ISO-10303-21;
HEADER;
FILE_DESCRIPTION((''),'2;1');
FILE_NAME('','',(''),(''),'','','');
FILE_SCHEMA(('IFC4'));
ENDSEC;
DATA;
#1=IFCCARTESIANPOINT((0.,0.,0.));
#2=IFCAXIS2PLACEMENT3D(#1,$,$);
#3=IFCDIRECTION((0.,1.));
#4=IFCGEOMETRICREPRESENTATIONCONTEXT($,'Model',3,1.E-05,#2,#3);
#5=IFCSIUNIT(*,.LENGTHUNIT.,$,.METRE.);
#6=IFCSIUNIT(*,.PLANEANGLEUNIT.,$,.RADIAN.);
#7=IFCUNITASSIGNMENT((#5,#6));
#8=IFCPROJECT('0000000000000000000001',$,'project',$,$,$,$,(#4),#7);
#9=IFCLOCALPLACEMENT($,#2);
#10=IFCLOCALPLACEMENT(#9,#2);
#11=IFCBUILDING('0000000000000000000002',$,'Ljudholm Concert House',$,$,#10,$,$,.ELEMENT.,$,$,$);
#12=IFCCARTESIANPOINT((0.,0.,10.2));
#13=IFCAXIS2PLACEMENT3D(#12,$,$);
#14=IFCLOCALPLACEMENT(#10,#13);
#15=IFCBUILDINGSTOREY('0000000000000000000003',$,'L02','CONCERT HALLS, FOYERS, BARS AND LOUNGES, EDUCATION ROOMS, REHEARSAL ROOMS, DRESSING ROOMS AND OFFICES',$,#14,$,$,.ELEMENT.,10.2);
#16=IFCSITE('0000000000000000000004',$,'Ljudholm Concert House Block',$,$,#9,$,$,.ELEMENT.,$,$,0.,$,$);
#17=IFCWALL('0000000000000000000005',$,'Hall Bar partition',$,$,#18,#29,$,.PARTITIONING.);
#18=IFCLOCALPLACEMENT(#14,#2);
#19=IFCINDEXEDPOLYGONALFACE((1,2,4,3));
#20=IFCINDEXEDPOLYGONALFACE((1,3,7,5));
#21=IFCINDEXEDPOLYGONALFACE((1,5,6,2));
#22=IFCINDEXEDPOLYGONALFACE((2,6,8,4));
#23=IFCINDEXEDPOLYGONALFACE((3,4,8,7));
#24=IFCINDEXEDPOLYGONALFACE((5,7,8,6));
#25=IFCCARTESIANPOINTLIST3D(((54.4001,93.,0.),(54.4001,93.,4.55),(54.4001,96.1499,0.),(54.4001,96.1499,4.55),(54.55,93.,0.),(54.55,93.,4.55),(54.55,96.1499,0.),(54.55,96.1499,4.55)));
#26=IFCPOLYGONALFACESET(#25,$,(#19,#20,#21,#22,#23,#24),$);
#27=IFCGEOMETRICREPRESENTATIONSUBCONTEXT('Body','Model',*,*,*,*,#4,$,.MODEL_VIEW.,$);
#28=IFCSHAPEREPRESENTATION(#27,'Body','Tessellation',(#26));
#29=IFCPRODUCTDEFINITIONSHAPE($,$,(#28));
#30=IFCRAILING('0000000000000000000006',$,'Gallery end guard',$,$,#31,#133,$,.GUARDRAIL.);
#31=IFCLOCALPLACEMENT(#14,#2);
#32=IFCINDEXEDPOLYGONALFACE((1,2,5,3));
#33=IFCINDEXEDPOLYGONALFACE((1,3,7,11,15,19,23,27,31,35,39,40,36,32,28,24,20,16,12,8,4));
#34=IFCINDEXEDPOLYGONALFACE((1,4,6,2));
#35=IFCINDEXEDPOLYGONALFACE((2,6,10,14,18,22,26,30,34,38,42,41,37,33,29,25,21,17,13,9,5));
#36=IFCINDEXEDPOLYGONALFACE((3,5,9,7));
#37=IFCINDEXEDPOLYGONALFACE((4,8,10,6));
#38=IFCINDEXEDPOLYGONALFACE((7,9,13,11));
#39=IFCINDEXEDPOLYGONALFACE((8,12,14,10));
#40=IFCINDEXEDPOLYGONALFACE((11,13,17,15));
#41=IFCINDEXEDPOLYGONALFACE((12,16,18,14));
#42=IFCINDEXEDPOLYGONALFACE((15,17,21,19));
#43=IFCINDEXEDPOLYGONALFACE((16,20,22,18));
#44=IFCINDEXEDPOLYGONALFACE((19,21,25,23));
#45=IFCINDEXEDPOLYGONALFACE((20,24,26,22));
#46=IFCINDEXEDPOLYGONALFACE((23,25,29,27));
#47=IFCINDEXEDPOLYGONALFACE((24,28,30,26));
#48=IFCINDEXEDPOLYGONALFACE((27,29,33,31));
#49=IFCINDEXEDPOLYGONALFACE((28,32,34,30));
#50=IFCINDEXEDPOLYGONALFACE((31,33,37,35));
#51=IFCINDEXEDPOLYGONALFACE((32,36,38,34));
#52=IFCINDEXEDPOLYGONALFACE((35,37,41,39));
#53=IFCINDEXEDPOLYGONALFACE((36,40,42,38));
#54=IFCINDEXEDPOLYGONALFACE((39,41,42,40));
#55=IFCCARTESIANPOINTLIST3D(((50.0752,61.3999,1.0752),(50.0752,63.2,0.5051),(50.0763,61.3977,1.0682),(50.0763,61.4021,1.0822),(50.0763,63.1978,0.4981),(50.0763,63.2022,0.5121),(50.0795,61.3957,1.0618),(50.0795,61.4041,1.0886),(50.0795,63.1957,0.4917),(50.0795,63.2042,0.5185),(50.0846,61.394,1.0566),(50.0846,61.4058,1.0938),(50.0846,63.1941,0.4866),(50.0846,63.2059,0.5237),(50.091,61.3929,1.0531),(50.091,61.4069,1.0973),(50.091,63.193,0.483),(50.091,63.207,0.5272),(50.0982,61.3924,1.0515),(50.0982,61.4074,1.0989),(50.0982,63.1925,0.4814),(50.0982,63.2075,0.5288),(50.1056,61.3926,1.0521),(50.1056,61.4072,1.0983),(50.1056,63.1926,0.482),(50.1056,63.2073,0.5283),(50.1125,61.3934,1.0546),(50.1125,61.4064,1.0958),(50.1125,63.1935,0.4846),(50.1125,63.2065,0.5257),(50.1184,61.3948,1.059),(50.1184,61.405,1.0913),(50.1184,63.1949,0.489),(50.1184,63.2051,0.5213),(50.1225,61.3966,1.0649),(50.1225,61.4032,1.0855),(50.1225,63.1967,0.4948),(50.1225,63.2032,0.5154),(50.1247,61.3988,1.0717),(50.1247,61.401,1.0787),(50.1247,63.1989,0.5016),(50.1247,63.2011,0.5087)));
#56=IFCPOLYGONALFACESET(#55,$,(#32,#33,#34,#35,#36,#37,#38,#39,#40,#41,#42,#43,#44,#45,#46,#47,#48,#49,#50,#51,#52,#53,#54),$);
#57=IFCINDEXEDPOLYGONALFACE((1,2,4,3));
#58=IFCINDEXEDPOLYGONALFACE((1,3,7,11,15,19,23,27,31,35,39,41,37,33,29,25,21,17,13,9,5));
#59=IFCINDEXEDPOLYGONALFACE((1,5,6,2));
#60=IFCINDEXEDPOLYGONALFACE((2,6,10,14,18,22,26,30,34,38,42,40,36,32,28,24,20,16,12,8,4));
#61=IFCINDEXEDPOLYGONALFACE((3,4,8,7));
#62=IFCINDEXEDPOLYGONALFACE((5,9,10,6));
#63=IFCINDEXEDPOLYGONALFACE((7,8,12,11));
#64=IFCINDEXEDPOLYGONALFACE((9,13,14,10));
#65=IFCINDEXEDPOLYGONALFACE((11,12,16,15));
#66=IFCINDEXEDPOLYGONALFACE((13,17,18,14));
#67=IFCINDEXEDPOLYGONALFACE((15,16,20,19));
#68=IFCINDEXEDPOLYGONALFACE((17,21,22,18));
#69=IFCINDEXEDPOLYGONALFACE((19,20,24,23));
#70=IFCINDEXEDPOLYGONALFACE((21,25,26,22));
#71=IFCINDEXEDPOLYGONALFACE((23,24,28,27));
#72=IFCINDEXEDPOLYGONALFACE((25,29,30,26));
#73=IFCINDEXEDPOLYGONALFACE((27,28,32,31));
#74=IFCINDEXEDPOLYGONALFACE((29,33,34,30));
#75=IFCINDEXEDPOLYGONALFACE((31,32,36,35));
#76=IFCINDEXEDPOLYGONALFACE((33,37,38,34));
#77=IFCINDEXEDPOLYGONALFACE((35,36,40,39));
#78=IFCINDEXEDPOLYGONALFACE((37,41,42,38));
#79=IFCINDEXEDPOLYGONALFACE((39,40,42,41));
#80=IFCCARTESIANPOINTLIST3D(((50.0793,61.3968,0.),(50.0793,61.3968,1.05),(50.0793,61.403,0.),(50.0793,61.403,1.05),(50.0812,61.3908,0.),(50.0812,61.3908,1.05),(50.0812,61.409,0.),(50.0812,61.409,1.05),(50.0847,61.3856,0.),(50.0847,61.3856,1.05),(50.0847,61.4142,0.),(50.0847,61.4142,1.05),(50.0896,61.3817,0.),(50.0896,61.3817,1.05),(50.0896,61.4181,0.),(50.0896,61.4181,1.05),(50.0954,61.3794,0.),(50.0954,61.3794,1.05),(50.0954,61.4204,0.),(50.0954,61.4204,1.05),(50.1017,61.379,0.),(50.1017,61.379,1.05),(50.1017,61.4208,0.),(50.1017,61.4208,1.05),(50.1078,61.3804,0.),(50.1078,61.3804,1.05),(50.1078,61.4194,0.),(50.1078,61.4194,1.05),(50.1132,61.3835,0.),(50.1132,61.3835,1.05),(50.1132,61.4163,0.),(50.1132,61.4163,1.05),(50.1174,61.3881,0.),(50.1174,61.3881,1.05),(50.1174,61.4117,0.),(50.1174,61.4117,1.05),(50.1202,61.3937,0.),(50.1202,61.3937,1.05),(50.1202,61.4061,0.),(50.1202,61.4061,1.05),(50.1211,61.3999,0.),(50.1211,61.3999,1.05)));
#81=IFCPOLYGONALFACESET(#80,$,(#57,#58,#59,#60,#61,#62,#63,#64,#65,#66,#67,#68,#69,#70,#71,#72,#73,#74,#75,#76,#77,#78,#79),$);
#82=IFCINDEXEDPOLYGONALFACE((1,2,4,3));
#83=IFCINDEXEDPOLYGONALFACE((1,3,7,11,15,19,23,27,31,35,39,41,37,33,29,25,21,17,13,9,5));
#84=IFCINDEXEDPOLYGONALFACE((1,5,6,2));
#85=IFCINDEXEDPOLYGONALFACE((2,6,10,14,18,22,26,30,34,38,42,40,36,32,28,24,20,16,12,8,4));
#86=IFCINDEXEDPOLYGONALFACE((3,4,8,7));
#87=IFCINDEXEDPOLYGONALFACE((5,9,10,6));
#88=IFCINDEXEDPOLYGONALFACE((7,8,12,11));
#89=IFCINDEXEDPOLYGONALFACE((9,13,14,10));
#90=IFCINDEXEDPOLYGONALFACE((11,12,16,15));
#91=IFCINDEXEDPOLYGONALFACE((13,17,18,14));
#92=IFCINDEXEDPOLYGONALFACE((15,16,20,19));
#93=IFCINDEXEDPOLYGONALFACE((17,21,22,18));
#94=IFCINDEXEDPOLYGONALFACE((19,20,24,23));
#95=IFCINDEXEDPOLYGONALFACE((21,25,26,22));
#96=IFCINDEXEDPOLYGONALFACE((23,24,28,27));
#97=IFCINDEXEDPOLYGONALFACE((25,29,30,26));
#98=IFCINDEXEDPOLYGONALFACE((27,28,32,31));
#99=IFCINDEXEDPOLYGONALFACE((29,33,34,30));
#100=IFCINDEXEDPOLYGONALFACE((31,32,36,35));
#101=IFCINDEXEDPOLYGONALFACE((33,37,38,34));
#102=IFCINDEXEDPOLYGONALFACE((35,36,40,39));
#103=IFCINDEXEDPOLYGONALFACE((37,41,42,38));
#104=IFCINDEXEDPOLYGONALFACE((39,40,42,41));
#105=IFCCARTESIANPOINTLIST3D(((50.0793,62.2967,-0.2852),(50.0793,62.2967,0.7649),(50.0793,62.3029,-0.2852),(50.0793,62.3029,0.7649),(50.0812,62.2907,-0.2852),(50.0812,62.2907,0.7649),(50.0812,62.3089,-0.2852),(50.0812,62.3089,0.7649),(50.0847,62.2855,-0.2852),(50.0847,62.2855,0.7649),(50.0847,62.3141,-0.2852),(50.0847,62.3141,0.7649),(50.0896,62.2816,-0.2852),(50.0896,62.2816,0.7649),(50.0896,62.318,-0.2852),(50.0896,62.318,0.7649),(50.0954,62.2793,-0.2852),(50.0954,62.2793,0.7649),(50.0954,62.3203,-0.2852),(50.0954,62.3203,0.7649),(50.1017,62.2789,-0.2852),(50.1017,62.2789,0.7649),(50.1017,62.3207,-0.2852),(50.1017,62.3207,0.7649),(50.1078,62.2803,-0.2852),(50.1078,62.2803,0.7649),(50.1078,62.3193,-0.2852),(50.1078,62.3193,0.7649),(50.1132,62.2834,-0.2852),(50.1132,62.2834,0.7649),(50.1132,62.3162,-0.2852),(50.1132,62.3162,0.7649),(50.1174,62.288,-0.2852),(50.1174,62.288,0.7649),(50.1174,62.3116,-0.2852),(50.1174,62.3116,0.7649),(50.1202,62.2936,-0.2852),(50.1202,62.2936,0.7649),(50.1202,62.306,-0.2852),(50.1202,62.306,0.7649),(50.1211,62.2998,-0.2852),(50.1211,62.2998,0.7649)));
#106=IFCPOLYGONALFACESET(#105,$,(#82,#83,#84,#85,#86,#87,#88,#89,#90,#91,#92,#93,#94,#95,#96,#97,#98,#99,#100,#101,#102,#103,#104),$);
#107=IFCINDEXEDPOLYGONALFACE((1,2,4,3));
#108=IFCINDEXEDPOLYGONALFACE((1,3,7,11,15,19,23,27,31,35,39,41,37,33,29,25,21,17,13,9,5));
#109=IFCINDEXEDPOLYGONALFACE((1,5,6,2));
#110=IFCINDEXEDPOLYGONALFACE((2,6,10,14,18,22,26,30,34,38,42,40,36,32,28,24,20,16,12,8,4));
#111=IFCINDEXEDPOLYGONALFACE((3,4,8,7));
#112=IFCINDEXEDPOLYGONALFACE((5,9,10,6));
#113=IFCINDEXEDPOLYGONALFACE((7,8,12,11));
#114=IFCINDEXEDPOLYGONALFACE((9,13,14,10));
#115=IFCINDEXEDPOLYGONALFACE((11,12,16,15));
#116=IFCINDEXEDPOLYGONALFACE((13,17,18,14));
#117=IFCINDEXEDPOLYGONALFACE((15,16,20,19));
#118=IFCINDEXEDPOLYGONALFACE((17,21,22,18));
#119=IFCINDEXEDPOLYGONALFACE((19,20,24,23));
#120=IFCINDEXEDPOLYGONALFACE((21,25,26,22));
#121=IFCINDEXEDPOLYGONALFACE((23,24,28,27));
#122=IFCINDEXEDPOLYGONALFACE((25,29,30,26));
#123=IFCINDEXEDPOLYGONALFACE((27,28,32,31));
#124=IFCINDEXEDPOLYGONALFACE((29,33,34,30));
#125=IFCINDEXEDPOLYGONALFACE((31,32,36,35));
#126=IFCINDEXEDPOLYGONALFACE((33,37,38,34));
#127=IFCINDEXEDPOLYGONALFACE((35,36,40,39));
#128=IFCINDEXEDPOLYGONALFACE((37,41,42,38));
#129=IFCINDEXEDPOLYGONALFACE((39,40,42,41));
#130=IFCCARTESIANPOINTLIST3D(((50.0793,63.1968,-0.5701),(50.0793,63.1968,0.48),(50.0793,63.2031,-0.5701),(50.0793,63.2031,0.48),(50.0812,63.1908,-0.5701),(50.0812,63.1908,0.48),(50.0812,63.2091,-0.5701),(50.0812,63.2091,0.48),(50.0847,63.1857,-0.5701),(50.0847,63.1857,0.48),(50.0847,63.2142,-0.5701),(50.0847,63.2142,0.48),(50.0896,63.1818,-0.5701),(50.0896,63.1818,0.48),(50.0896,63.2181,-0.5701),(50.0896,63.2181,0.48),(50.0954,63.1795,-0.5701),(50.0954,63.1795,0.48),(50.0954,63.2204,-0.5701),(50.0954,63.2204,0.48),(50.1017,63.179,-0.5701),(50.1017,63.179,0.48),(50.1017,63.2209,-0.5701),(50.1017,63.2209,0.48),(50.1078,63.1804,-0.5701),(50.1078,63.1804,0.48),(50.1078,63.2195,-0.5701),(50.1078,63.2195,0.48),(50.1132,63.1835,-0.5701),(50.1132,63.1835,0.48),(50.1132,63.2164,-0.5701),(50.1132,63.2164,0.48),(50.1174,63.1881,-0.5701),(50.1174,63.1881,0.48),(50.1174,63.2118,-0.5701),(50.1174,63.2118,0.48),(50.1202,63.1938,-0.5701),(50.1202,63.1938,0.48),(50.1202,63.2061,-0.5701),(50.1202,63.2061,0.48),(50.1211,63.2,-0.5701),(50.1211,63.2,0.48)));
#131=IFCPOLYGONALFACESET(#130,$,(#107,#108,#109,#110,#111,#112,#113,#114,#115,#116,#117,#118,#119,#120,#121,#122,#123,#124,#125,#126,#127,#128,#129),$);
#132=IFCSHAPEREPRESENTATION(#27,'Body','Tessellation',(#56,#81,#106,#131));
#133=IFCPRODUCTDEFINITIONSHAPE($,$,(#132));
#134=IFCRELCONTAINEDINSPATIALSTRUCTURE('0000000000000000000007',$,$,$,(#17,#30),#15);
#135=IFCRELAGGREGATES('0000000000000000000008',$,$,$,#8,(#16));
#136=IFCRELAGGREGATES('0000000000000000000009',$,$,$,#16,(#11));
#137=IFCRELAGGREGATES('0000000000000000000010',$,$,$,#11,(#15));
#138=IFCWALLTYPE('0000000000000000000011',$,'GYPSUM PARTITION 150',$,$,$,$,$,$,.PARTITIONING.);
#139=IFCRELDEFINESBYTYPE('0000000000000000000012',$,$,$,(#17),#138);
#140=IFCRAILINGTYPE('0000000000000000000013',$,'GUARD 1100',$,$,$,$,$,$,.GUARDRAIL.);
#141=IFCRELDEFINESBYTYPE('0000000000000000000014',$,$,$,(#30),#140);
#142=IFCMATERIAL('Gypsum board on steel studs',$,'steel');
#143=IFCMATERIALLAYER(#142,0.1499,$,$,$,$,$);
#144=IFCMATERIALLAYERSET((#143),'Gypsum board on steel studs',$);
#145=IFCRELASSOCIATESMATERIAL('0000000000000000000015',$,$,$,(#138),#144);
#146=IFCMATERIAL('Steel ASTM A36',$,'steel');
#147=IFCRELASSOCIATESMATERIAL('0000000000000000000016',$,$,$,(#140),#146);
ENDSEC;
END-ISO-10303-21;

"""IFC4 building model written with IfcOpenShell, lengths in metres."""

from ifc_helpers import new_model, si_unit, direction, frame, frame_2d, origin, origin_2d, place, context, subcontext, project, spatial, rectangle, circle, extrude, material, layer, layer_set, type_object, element, save


model = new_model("IFC4")

# Units and contexts
model_context = context("Model", 3, precision=1e-05, world=origin(), true_north=direction((0.0, 1.0)))
body_context = subcontext(model_context, "Body", "Model", "MODEL_VIEW")
ifc_project = project(units=[si_unit("LENGTHUNIT", "METRE"), si_unit("PLANEANGLEUNIT", "RADIAN")], contexts=[model_context])

# Site, building, storey
site_placement = place(None, origin())
site = spatial("IfcSite", under=ifc_project, at=site_placement, Name="Ljudholm Concert House Block", CompositionType="ELEMENT", RefElevation=0.0)
building_placement = place(site_placement, origin())
building = spatial("IfcBuilding", under=site, at=building_placement, Name="Ljudholm Concert House", CompositionType="ELEMENT")
storey_placement = place(building_placement, frame((0.0, 0.0, 10.2)))
storey = spatial("IfcBuildingStorey", under=building, at=storey_placement, Name="L02", Description="CONCERT HALLS, FOYERS, BARS AND LOUNGES, EDUCATION ROOMS, REHEARSAL ROOMS, DRESSING ROOMS AND OFFICES", CompositionType="ELEMENT", Elevation=10.2)

# Wall
ifc_material_1 = material(Name="Gypsum board on steel studs", Category="steel")
ifc_layer_1 = layer(ifc_material_1, 0.1499)
ifc_layer_set_1 = layer_set([ifc_layer_1], Name="Gypsum board on steel studs")
wall_type = type_object("IfcWallType", Name="GYPSUM PARTITION 150", PredefinedType="PARTITIONING", material=ifc_layer_set_1)
wall_placement = place(storey_placement, frame((54.4751, 93.0, 0.0), z_axis=(0.0, 0.0, 1.0), x_axis=(0.0, 1.0, 0.0)))
element("IfcWall", 1, at=wall_placement, inside=storey, type_object=wall_type, Name="Hall Bar partition", PredefinedType="PARTITIONING", context=body_context, shape_type="SweptSolid", body=[
    extrude(rectangle(XDim=3.1499, YDim=0.1499, at=frame_2d((1.575, 0.0))), origin(), (0.0, 0.0, 1.0), 4.55),
])

# Railing
ifc_material_2 = material(Name="Steel ASTM A36", Category="steel")
railing_type = type_object("IfcRailingType", Name="GUARD 1100", PredefinedType="GUARDRAIL", material=ifc_material_2)
for number, where, name in (
    (2, (50.1001, 61.3999, 0.0), "Gallery end guard"),
):
    element("IfcRailing", number, at=place(storey_placement, frame(where)), inside=storey, type_object=railing_type, Name=name, PredefinedType="GUARDRAIL", context=body_context, shape_type="SweptSolid", body=[
        extrude(circle(Radius=0.0249, at=origin_2d()), frame((0.0, 0.0, 1.0752), z_axis=(0.0, 0.953334, -0.301917), x_axis=(-1.0, 0.0, 0.0)), (0.0, 0.0, 1.0), 1.8882),
        extrude(circle(Radius=0.021, at=origin_2d()), origin(), (0.0, 0.0, 1.0), 1.05),
        extrude(circle(Radius=0.021, at=origin_2d()), frame((0.0, 0.8999, -0.2852)), (0.0, 0.0, 1.0), 1.05),
        extrude(circle(Radius=0.021, at=origin_2d()), frame((0.0, 1.8, -0.5701)), (0.0, 0.0, 1.0), 1.05),
    ])

save(model, "model.ifc")
